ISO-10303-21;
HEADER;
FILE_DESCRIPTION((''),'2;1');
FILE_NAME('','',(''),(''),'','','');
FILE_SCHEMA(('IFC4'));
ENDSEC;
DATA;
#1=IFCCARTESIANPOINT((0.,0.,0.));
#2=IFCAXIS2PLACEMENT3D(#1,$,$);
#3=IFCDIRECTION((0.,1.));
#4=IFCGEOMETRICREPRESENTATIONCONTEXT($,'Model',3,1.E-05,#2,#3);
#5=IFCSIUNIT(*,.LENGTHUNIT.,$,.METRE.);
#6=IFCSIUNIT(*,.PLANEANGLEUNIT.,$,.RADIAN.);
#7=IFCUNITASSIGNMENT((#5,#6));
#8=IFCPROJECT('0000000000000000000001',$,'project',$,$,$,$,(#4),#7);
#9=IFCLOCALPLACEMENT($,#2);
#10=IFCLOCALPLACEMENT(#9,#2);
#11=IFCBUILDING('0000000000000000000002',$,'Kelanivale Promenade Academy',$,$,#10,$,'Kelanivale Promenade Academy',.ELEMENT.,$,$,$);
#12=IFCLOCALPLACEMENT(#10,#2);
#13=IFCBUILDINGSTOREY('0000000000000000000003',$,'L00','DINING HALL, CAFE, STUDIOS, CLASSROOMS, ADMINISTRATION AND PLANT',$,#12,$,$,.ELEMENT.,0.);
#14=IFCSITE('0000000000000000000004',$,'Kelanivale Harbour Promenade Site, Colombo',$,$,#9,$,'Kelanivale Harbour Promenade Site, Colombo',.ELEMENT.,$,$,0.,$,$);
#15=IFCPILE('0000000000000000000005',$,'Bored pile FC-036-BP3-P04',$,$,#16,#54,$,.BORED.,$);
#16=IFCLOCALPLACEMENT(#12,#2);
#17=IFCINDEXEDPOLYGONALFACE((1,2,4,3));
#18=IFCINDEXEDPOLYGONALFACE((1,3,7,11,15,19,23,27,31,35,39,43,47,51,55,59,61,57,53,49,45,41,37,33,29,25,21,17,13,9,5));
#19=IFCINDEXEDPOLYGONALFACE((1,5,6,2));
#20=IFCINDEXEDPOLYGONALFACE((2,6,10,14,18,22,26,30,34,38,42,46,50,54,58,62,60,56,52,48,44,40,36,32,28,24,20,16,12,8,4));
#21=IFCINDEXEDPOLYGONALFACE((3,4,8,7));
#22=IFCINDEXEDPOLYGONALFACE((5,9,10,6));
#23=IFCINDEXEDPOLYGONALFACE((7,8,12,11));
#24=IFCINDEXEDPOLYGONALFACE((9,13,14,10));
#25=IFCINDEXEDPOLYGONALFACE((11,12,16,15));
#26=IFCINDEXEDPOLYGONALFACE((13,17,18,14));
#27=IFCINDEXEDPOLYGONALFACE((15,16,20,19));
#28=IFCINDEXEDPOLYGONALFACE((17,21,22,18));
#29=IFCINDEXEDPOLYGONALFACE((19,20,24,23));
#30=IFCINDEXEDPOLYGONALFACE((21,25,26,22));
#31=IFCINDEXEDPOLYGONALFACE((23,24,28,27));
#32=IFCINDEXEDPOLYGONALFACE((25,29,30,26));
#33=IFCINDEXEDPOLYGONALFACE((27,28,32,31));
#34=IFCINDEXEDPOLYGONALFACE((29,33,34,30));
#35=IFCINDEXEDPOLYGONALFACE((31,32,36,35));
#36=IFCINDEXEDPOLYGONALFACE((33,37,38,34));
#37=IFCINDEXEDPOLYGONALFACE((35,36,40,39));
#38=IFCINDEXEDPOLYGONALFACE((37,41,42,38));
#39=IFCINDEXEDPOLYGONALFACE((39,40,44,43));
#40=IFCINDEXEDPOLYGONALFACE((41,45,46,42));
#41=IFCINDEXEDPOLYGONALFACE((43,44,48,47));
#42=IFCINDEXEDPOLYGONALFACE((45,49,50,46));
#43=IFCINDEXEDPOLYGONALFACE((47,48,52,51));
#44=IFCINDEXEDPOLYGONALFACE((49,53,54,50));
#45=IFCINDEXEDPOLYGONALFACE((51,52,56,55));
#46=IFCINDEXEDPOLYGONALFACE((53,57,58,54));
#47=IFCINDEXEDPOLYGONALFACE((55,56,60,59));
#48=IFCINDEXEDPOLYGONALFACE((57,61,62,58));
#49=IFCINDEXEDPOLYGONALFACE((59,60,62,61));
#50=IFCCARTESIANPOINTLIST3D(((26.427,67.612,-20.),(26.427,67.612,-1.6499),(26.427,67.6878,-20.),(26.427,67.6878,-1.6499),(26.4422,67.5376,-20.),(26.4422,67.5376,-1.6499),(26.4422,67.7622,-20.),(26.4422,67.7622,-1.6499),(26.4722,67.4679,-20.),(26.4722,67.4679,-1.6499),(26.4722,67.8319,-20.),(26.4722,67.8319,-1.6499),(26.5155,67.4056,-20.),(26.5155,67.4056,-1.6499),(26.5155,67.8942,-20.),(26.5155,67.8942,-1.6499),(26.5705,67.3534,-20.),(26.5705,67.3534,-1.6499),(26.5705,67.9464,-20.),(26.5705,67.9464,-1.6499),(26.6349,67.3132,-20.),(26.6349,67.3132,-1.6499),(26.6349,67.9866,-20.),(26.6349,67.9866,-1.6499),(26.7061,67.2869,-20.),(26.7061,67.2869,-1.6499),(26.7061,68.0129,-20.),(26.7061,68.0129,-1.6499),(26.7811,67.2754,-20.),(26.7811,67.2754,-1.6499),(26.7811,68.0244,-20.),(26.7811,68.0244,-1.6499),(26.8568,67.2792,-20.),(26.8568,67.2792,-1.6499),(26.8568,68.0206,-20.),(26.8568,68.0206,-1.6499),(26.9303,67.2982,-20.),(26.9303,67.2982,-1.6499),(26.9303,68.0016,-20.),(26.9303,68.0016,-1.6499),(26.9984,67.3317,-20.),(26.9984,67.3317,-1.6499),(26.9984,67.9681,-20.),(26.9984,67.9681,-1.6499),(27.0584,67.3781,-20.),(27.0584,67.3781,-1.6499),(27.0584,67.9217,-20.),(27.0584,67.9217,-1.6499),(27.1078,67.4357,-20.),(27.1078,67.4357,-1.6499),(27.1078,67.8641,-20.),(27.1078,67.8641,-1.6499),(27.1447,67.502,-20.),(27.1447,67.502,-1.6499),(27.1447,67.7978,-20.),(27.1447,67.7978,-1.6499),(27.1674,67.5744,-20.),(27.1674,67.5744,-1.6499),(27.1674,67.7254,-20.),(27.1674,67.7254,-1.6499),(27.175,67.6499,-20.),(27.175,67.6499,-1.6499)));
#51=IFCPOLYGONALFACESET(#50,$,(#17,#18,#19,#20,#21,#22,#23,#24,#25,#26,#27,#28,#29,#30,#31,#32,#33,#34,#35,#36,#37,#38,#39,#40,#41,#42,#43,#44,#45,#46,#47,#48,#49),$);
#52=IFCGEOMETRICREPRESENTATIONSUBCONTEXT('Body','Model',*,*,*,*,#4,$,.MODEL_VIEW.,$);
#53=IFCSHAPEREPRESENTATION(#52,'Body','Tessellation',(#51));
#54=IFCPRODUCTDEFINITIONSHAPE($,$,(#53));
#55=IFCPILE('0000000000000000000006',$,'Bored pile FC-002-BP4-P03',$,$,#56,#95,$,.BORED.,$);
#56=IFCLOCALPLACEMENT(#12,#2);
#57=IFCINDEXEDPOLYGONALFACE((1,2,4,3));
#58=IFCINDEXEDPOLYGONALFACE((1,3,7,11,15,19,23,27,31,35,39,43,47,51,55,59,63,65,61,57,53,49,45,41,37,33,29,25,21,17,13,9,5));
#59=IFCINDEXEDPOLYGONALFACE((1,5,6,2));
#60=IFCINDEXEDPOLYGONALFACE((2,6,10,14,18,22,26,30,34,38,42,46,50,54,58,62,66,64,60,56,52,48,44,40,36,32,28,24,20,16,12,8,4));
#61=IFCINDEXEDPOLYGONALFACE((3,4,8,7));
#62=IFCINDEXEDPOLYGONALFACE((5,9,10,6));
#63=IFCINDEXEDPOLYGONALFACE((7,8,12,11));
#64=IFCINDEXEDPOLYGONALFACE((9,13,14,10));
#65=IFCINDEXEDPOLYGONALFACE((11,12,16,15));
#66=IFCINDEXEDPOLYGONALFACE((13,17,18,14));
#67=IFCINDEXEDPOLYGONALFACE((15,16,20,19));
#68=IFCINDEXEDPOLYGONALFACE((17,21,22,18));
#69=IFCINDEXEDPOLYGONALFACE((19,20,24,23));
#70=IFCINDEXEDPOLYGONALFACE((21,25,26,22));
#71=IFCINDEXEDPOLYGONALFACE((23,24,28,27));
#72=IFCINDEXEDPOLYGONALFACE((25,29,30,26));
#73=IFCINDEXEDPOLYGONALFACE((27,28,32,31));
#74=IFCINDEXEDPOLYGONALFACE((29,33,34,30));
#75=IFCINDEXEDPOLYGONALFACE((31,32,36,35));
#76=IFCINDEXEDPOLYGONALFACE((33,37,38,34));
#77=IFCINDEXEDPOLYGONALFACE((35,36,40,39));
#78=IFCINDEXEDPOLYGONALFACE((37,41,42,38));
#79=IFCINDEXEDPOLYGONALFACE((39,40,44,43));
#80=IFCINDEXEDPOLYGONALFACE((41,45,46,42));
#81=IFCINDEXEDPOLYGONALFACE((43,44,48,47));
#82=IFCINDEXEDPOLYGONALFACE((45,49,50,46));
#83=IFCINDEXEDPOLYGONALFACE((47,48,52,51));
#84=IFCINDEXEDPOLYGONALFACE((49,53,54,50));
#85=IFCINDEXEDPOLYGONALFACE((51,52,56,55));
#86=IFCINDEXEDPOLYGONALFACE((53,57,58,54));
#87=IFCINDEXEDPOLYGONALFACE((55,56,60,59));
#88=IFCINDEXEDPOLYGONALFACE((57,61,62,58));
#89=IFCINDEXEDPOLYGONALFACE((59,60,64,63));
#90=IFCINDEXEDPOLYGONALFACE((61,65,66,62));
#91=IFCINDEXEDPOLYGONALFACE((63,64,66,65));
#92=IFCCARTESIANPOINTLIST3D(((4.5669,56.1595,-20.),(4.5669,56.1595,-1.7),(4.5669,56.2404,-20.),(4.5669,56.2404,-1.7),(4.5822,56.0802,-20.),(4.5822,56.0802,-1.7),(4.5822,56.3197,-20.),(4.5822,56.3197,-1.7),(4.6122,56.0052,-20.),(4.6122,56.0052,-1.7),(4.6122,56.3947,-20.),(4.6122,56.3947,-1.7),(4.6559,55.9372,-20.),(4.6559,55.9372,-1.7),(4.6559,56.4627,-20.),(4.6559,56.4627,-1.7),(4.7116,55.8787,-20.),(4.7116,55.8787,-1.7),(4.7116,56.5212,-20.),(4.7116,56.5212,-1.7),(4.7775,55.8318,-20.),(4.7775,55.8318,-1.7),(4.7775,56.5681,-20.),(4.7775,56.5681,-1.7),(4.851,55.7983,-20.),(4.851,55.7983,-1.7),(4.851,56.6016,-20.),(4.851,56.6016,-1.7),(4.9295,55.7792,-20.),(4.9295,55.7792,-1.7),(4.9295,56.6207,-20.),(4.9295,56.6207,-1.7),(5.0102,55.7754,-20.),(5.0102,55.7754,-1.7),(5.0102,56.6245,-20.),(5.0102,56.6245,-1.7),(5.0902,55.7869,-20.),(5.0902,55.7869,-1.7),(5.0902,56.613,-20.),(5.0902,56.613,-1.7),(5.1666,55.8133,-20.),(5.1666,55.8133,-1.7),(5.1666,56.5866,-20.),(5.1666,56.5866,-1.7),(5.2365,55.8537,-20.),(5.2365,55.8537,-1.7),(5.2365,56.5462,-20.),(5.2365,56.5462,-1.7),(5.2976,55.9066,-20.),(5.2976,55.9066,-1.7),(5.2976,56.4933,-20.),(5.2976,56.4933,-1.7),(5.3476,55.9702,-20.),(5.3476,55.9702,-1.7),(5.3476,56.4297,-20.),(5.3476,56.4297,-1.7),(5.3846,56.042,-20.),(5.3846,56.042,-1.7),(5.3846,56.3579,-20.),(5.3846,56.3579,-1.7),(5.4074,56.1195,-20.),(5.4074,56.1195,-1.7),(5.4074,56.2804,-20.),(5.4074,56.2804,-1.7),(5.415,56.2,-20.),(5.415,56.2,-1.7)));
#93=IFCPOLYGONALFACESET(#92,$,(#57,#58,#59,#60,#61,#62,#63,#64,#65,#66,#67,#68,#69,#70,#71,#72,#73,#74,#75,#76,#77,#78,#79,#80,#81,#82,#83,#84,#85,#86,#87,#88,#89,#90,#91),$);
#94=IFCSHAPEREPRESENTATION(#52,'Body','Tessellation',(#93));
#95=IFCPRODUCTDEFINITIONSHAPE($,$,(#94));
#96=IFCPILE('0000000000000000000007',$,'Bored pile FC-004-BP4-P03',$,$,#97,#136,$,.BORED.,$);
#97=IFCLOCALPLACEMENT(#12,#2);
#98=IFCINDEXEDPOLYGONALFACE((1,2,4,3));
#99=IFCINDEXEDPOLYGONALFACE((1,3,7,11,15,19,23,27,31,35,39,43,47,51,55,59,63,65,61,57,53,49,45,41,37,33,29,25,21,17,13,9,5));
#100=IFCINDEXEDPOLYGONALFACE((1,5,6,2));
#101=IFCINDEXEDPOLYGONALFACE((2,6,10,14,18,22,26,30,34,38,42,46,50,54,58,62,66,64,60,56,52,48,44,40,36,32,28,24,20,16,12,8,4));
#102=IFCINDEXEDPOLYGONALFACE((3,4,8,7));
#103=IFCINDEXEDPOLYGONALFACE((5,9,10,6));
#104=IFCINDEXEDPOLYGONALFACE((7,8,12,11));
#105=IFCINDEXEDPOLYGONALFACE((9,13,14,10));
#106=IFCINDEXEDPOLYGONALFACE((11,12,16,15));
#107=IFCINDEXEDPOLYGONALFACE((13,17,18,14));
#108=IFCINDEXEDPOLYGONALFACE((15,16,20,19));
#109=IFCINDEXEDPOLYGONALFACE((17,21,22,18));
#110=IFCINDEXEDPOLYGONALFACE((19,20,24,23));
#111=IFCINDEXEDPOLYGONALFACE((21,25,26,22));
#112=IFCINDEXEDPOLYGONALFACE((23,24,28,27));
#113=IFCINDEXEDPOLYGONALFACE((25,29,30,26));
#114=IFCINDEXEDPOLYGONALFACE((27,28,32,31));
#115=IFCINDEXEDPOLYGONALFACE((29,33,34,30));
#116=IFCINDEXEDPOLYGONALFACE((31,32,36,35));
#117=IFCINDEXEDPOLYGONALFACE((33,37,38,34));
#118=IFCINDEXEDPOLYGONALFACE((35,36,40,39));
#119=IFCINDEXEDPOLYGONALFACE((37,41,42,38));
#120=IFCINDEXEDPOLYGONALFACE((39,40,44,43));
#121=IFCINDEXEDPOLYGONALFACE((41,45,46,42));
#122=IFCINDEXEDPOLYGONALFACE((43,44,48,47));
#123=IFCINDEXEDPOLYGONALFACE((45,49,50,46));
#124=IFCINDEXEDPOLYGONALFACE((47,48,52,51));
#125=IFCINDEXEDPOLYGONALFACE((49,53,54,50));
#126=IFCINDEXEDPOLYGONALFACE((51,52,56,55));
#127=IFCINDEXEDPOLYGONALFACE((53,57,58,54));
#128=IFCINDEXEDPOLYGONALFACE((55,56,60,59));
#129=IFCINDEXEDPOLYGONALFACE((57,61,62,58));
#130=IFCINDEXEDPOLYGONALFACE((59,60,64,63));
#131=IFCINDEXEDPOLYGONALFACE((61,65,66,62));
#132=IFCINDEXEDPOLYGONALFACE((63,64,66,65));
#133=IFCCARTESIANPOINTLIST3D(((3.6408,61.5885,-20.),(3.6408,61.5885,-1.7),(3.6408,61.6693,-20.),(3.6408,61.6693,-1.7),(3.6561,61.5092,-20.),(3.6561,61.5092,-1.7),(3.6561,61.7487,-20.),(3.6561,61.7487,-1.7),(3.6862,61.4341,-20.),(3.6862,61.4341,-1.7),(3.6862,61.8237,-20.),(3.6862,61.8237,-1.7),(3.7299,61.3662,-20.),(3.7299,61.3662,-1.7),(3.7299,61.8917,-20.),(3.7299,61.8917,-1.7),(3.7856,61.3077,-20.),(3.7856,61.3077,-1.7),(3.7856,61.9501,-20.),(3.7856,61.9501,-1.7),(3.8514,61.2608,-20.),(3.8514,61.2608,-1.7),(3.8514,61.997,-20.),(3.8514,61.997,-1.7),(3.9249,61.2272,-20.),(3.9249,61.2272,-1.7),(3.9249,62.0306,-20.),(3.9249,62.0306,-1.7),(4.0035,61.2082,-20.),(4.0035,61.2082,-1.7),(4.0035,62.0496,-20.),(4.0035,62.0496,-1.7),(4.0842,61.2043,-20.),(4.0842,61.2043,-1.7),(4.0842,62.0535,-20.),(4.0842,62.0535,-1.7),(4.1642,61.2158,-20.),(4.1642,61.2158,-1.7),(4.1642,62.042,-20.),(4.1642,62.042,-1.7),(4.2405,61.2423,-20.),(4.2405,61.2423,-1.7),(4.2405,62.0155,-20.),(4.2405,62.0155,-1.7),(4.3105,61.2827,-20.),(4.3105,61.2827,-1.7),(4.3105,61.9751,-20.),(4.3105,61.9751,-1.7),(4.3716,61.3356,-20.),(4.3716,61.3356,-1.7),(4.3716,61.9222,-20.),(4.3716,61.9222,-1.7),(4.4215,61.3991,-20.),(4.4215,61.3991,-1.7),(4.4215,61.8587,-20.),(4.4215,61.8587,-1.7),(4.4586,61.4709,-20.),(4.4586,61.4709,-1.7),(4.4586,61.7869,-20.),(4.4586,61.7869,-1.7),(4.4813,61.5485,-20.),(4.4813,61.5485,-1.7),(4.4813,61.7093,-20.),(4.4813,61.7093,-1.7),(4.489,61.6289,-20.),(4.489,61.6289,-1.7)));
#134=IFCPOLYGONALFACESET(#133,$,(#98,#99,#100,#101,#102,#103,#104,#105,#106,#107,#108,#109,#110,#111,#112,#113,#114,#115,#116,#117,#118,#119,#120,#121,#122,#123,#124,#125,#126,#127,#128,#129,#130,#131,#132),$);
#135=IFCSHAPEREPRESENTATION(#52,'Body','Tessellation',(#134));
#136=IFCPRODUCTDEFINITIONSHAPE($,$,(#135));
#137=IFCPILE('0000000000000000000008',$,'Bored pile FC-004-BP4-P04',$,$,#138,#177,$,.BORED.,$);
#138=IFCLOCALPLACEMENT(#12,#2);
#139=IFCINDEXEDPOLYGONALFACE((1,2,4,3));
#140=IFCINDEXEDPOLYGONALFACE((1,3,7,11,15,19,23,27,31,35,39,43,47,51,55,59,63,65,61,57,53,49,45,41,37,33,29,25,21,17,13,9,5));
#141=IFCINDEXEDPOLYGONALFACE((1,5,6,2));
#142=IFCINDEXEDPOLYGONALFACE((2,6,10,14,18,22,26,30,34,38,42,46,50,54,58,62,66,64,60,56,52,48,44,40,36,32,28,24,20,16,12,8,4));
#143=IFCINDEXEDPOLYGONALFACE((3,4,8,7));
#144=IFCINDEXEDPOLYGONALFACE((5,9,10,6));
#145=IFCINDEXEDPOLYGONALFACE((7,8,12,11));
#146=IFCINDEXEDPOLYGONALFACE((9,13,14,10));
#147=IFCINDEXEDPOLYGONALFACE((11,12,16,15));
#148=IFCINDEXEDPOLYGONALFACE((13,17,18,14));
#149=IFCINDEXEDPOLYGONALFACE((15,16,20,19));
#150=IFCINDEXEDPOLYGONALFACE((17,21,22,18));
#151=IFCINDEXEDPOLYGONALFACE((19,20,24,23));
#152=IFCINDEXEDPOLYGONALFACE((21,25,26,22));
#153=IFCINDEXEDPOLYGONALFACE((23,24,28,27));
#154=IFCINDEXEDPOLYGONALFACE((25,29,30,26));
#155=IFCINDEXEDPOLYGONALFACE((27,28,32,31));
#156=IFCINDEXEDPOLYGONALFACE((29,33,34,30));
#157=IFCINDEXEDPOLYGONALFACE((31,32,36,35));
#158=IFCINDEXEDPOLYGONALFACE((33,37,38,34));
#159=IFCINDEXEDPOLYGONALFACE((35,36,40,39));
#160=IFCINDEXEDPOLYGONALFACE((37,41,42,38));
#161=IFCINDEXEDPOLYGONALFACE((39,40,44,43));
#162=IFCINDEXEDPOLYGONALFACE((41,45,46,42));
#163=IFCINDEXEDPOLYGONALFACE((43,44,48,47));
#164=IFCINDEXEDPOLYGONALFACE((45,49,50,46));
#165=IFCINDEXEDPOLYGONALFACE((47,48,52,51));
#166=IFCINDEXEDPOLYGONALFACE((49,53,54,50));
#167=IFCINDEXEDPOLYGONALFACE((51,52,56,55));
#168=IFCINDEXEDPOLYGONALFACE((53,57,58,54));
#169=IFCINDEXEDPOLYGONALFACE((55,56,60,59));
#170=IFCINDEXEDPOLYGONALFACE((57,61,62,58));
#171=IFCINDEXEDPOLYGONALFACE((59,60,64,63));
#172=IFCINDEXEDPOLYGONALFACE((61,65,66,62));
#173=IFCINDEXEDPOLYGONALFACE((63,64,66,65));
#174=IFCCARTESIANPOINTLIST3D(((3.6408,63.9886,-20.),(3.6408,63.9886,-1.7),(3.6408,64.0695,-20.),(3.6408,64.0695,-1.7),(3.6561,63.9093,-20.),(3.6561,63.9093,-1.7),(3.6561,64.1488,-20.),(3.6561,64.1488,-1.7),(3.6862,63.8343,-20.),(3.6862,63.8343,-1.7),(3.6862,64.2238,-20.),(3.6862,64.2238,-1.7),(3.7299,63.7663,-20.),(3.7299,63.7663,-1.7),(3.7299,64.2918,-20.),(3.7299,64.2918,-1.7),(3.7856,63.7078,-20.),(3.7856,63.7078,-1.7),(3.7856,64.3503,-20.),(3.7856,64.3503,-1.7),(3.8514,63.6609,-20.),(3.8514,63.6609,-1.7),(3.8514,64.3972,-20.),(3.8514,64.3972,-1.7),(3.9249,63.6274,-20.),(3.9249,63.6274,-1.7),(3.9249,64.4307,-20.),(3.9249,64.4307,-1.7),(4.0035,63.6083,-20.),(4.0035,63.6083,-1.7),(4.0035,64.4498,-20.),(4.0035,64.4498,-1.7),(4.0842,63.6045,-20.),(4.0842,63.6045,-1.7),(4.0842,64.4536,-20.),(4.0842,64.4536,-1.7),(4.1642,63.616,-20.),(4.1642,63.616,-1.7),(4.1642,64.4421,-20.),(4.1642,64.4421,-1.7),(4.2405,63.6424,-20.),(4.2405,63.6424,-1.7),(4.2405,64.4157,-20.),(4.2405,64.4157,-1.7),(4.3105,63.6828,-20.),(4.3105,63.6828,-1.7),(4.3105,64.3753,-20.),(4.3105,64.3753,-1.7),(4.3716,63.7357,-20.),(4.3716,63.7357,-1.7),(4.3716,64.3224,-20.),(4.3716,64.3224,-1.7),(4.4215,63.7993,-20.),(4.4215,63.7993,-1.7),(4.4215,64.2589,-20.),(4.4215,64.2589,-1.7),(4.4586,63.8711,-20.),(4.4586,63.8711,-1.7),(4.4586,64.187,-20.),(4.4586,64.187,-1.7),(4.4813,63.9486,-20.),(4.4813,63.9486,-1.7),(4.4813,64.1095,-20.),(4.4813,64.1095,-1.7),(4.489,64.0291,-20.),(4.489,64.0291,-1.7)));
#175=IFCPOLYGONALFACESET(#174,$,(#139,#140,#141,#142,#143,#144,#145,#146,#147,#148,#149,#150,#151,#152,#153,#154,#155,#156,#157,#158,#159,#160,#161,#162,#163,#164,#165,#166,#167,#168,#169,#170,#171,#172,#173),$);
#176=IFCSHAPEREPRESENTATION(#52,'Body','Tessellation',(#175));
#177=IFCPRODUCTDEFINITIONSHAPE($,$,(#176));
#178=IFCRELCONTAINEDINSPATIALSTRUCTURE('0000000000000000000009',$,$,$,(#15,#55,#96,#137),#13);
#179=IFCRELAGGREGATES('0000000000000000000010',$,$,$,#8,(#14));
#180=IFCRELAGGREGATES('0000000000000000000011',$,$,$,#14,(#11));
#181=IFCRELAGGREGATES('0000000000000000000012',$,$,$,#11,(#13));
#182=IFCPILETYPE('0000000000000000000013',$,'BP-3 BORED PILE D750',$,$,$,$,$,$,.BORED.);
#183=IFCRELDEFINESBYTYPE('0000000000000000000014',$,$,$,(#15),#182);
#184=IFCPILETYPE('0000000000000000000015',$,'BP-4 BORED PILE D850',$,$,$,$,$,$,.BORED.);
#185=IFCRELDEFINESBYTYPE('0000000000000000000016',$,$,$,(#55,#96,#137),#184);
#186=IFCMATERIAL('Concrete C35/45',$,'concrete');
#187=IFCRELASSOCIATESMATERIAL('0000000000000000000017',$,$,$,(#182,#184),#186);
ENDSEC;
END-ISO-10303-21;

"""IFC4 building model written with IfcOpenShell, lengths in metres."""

from ifc_helpers import new_model, si_unit, direction, frame, origin, origin_2d, place, context, subcontext, project, spatial, circle, extrude, material, material_profile, profile_set, type_object, element, save


model = new_model("IFC4")

# Units and contexts
model_context = context("Model", 3, precision=1e-05, world=origin(), true_north=direction((0.0, 1.0)))
body_context = subcontext(model_context, "Body", "Model", "MODEL_VIEW")
ifc_project = project(units=[si_unit("LENGTHUNIT", "METRE"), si_unit("PLANEANGLEUNIT", "RADIAN")], contexts=[model_context])

# Site, building, storey
site_placement = place(None, origin())
site = spatial("IfcSite", under=ifc_project, at=site_placement, Name="Kelanivale Harbour Promenade Site, Colombo", LongName="Kelanivale Harbour Promenade Site, Colombo", CompositionType="ELEMENT", RefElevation=0.0)
building_placement = place(site_placement, origin())
building = spatial("IfcBuilding", under=site, at=building_placement, Name="Kelanivale Promenade Academy", LongName="Kelanivale Promenade Academy", CompositionType="ELEMENT")
storey_placement = place(building_placement, origin())
storey = spatial("IfcBuildingStorey", under=building, at=storey_placement, Name="L00", Description="DINING HALL, CAFE, STUDIOS, CLASSROOMS, ADMINISTRATION AND PLANT", CompositionType="ELEMENT", Elevation=0.0)

# Piles
ifc_material_1 = material(Name="Concrete C35/45", Category="concrete")
ifc_material_profile_1 = material_profile(ifc_material_1, circle(Radius=0.375, at=origin_2d()), Name="BORED PILE D750")
ifc_profile_set_1 = profile_set([ifc_material_profile_1], Name="Concrete C35/45")
pile_type_1 = type_object("IfcPileType", Name="BP-3 BORED PILE D750", PredefinedType="BORED", material=ifc_profile_set_1)
for number, where, z_axis, x_axis, name in (
    (1, (26.8, 67.6499, -1.6499), (0.0, 0.0, -1.0), (1.0, 0.0, 0.0), "Bored pile FC-036-BP3-P04"),
):
    element("IfcPile", number, at=place(storey_placement, frame(where, z_axis=z_axis, x_axis=x_axis)), inside=storey, type_object=pile_type_1, Name=name, PredefinedType="BORED", context=body_context, shape_type="SweptSolid", body=[
        extrude(circle(Radius=0.375, at=origin_2d()), origin(), (0.0, 0.0, 1.0), 18.3501),
    ])
ifc_material_profile_2 = material_profile(ifc_material_1, circle(Radius=0.425, at=origin_2d()), Name="BORED PILE D850")
ifc_profile_set_2 = profile_set([ifc_material_profile_2], Name="Concrete C35/45")
pile_type_2 = type_object("IfcPileType", Name="BP-4 BORED PILE D850", PredefinedType="BORED", material=ifc_profile_set_2)
for number, where, z_axis, x_axis, name in (
    (2, (4.99, 56.2, -1.7), (0.0, 0.0, -1.0), (1.0, 0.0, 0.0), "Bored pile FC-002-BP4-P03"),
    (3, (4.064, 61.6289, -1.7), (0.0, 0.0, -1.0), (1.0, 0.0, 0.0), "Bored pile FC-004-BP4-P03"),
    (4, (4.064, 64.0291, -1.7), (0.0, 0.0, -1.0), (1.0, 0.0, 0.0), "Bored pile FC-004-BP4-P04"),
):
    element("IfcPile", number, at=place(storey_placement, frame(where, z_axis=z_axis, x_axis=x_axis)), inside=storey, type_object=pile_type_2, Name=name, PredefinedType="BORED", context=body_context, shape_type="SweptSolid", body=[
        extrude(circle(Radius=0.425, at=origin_2d()), origin(), (0.0, 0.0, 1.0), 18.3),
    ])

save(model, "model.ifc")
